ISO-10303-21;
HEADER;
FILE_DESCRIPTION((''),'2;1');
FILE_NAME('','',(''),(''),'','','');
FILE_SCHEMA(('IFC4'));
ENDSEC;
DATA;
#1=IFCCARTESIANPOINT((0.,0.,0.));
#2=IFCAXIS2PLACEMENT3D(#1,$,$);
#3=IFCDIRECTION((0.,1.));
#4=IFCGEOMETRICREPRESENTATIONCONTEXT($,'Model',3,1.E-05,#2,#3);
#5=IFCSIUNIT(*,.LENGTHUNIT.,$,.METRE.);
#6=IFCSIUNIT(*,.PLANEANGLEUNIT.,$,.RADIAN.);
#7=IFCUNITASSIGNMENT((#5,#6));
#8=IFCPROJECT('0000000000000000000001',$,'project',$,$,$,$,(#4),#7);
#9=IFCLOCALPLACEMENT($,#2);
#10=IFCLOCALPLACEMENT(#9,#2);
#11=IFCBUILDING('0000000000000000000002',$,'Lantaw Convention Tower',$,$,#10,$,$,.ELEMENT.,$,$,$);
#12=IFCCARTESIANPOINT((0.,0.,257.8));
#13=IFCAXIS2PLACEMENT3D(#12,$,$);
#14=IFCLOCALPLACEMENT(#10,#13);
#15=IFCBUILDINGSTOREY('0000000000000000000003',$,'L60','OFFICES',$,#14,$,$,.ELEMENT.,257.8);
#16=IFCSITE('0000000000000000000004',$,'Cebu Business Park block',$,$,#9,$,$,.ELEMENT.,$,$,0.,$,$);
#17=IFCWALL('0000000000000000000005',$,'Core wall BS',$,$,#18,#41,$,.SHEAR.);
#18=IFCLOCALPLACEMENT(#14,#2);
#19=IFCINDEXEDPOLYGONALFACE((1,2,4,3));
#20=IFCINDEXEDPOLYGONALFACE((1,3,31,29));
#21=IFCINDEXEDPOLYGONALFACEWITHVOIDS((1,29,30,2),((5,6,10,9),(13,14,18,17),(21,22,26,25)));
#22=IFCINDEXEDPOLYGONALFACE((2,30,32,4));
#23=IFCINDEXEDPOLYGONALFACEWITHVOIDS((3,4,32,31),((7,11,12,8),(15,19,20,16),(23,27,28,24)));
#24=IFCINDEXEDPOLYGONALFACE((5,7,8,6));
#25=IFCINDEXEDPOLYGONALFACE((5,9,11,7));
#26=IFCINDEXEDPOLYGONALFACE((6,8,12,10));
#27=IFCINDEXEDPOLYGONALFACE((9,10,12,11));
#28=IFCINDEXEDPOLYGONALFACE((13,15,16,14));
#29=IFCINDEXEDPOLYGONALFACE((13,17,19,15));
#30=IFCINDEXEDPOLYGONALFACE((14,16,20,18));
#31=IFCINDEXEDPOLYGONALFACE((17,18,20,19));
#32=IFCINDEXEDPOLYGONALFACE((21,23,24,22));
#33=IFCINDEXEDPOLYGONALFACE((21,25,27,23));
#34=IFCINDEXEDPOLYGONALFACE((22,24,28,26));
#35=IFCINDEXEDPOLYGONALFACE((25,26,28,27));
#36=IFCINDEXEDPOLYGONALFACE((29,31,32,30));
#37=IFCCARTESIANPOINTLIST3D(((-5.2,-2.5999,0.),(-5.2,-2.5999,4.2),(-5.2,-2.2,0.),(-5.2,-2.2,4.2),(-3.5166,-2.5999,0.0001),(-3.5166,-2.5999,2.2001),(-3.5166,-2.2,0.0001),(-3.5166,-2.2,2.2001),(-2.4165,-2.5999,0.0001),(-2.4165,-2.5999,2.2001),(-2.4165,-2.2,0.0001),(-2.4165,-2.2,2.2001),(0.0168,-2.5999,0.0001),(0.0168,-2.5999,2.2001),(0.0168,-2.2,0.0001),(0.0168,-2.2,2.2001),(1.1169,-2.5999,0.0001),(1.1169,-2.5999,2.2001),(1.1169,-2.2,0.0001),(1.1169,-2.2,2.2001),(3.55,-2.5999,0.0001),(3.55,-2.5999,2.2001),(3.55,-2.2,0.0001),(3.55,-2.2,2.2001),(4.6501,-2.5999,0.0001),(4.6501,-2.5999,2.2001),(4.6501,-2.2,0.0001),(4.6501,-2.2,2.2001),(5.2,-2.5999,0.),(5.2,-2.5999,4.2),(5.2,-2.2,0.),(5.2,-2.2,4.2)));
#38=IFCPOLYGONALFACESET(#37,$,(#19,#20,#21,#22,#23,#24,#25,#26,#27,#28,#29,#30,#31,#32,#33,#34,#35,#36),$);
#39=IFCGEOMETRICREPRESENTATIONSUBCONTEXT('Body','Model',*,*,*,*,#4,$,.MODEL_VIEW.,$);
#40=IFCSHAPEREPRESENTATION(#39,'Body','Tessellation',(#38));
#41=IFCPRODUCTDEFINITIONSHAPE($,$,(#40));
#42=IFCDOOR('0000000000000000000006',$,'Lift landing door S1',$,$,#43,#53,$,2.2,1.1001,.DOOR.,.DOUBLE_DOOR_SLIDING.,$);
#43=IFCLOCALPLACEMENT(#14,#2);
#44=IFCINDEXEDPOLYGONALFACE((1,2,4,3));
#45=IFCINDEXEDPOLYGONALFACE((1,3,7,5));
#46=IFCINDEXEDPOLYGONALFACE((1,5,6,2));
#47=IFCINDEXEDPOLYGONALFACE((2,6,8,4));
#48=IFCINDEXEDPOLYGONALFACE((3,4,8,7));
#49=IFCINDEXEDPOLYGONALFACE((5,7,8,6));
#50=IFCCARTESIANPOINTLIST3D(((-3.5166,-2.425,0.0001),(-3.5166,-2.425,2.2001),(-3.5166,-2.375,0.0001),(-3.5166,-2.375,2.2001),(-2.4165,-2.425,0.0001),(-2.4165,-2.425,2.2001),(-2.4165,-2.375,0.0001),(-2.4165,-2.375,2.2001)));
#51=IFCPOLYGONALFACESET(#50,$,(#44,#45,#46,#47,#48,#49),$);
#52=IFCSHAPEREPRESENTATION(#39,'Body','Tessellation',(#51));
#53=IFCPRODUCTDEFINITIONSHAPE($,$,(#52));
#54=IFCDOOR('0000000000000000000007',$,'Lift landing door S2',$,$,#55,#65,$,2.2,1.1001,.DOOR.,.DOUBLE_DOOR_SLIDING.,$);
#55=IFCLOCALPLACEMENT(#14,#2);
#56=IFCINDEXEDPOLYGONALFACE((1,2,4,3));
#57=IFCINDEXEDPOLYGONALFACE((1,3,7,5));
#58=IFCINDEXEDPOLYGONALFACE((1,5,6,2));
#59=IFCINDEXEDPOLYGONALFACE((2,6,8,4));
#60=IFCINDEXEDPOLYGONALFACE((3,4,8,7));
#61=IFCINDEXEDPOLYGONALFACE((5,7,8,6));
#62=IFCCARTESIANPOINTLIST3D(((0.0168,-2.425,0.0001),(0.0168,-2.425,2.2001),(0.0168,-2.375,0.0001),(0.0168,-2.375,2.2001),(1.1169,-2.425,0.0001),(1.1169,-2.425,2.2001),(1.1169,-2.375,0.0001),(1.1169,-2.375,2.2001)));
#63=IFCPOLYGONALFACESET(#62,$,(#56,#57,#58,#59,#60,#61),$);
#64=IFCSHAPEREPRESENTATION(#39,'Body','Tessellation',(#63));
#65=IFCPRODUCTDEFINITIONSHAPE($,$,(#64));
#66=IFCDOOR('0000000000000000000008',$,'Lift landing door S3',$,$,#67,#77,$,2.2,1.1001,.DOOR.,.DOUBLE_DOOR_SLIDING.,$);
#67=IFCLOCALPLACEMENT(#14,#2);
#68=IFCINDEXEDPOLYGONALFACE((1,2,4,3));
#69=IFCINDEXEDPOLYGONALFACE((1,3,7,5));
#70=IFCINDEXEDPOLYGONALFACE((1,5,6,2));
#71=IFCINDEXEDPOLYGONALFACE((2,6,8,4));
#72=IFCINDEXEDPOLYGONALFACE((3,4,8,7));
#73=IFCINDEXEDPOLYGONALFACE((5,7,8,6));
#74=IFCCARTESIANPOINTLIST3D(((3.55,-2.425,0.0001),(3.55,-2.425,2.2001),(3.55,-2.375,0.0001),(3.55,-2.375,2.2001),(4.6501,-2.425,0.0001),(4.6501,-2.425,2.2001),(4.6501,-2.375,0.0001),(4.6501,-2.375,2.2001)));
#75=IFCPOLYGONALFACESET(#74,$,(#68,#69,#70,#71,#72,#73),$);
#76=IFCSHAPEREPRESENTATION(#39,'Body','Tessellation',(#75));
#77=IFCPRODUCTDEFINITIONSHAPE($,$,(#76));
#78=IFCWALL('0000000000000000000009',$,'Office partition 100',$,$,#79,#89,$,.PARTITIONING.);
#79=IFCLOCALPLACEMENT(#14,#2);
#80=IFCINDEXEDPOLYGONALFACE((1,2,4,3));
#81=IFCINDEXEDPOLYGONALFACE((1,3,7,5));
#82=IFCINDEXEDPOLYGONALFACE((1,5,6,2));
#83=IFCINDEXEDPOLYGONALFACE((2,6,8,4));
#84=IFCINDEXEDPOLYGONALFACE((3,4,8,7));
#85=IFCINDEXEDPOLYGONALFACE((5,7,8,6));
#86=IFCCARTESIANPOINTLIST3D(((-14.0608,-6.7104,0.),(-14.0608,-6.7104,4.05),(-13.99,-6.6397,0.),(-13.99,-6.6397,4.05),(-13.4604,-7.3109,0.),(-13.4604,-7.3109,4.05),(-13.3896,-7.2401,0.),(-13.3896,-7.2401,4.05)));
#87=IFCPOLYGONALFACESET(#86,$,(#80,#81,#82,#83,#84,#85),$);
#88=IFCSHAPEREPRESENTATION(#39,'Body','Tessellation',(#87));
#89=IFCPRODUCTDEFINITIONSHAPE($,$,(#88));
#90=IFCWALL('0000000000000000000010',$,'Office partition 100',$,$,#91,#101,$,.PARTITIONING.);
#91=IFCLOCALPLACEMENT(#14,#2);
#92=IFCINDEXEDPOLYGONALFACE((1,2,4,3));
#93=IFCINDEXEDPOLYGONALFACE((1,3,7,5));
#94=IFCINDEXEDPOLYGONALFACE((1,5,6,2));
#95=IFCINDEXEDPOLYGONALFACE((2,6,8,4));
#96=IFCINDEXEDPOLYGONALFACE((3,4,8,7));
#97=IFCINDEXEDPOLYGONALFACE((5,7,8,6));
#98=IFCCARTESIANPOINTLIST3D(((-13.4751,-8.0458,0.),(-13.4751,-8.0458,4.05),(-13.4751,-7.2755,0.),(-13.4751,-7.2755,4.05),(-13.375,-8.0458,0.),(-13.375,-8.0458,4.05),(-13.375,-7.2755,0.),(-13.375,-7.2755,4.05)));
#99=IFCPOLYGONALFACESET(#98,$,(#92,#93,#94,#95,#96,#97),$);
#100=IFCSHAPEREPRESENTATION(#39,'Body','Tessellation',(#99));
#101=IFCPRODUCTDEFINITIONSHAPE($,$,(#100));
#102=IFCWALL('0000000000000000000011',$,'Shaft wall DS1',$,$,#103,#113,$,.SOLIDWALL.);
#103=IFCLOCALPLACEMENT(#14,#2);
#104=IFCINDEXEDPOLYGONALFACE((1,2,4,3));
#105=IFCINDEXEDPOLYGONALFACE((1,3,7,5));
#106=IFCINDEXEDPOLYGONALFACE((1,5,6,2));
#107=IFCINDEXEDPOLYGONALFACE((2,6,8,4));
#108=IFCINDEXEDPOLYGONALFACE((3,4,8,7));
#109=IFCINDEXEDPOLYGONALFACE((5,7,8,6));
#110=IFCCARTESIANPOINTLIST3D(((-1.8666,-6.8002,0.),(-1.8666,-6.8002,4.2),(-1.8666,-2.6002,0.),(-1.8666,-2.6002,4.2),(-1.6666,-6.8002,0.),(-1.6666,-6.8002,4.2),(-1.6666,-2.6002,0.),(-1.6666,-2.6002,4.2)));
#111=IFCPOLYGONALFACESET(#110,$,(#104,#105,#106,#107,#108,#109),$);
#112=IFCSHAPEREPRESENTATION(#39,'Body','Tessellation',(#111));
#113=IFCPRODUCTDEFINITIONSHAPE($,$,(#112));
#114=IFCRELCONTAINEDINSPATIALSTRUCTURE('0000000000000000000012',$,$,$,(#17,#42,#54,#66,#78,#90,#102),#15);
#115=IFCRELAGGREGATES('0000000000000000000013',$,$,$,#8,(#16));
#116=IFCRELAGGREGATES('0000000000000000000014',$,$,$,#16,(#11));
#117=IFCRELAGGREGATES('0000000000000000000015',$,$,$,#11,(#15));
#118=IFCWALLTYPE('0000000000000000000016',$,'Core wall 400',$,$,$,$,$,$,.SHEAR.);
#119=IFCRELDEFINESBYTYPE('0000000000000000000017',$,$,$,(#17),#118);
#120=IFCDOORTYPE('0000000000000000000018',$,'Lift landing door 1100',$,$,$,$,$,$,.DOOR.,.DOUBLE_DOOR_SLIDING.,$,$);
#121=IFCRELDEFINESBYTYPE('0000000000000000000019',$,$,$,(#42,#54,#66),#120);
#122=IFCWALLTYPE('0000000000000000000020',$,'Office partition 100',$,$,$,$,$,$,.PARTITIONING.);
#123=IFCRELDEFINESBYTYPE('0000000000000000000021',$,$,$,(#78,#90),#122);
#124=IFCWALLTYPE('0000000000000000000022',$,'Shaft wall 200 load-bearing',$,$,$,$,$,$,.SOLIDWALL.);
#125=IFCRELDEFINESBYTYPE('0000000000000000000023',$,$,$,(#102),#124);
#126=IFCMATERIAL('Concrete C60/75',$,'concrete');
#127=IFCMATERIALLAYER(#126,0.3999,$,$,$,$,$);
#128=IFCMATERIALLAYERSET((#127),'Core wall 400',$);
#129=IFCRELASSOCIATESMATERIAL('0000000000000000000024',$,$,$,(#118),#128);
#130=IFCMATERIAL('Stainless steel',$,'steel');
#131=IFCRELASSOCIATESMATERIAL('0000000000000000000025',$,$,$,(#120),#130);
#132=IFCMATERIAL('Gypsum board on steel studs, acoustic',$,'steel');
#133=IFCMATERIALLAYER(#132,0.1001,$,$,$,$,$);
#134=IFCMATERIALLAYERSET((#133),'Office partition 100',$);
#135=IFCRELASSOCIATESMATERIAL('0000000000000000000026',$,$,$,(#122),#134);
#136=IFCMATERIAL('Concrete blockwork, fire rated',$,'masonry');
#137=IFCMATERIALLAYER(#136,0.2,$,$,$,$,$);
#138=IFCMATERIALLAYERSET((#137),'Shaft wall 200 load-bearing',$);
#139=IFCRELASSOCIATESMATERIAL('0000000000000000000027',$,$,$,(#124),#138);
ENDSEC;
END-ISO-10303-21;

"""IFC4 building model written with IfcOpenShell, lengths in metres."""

from ifc_helpers import new_model, si_unit, direction, frame, frame_2d, origin, place, context, subcontext, project, spatial, rectangle, extrude, material, layer, layer_set, type_object, element, fill, save


model = new_model("IFC4")

# Units and contexts
model_context = context("Model", 3, precision=1e-05, world=origin(), true_north=direction((0.0, 1.0)))
body_context = subcontext(model_context, "Body", "Model", "MODEL_VIEW")
ifc_project = project(units=[si_unit("LENGTHUNIT", "METRE"), si_unit("PLANEANGLEUNIT", "RADIAN")], contexts=[model_context])

# Site, building, storey
site_placement = place(None, origin())
site = spatial("IfcSite", under=ifc_project, at=site_placement, Name="Cebu Business Park block", CompositionType="ELEMENT", RefElevation=0.0)
building_placement = place(site_placement, origin())
building = spatial("IfcBuilding", under=site, at=building_placement, Name="Lantaw Convention Tower", CompositionType="ELEMENT")
storey_placement = place(building_placement, frame((0.0, 0.0, 257.8)))
storey = spatial("IfcBuildingStorey", under=building, at=storey_placement, Name="L60", Description="OFFICES", CompositionType="ELEMENT", Elevation=257.8)

# Shared definitions
ifc_material_1 = material(Name="Concrete C60/75", Category="concrete")

# Wall, openings, doors
ifc_layer_1 = layer(ifc_material_1, 0.3999)
ifc_layer_set_1 = layer_set([ifc_layer_1], Name="Core wall 400")
wall_type_1 = type_object("IfcWallType", Name="Core wall 400", PredefinedType="SHEAR", material=ifc_layer_set_1)
wall_1_placement = place(storey_placement, frame((-5.2, -2.3999, 0.0), z_axis=(0.0, 0.0, 1.0), x_axis=(1.0, 0.0, 0.0)))
wall_1 = element("IfcWall", 1, at=wall_1_placement, inside=storey, type_object=wall_type_1, Name="Core wall BS", PredefinedType="SHEAR", context=body_context, shape_type="SweptSolid", body=[
    extrude(rectangle(XDim=10.3999, YDim=0.3999, at=frame_2d((5.2, 0.0))), origin(), (0.0, 0.0, 1.0), 4.2),
])
opening_1_placement = place(wall_1_placement, frame((1.6833, 0.0, 0.0)))
opening_1 = element("IfcOpeningElement", 2, at=opening_1_placement, cuts=wall_1, PredefinedType="OPENING", context=body_context, shape_type="SweptSolid", body=[
    extrude(rectangle(XDim=1.1001, YDim=2.2, at=frame_2d((0.55, 1.1001))), frame((0.0, 0.21, 0.0), z_axis=(0.0, -1.0, 0.0), x_axis=(1.0, 0.0, 0.0)), (0.0, 0.0, 1.0), 0.4199),
])
opening_2_placement = place(wall_1_placement, frame((5.2168, 0.0, 0.0)))
opening_2 = element("IfcOpeningElement", 3, at=opening_2_placement, cuts=wall_1, PredefinedType="OPENING", context=body_context, shape_type="SweptSolid", body=[
    extrude(rectangle(XDim=1.1001, YDim=2.2, at=frame_2d((0.55, 1.1001))), frame((0.0, 0.21, 0.0), z_axis=(0.0, -1.0, 0.0), x_axis=(1.0, 0.0, 0.0)), (0.0, 0.0, 1.0), 0.4199),
])
opening_3_placement = place(wall_1_placement, frame((8.75, 0.0, 0.0)))
opening_3 = element("IfcOpeningElement", 4, at=opening_3_placement, cuts=wall_1, PredefinedType="OPENING", context=body_context, shape_type="SweptSolid", body=[
    extrude(rectangle(XDim=1.1001, YDim=2.2, at=frame_2d((0.55, 1.1001))), frame((0.0, 0.21, 0.0), z_axis=(0.0, -1.0, 0.0), x_axis=(1.0, 0.0, 0.0)), (0.0, 0.0, 1.0), 0.4199),
])
ifc_material_2 = material(Name="Stainless steel", Category="steel")
door_type_1 = type_object("IfcDoorType", Name="Lift landing door 1100", OperationType="DOUBLE_DOOR_SLIDING", PredefinedType="DOOR", material=ifc_material_2)
door_1_placement = place(opening_1_placement, origin())
door_1 = element("IfcDoor", 5, at=door_1_placement, inside=storey, type_object=door_type_1, Name="Lift landing door S1", OperationType="DOUBLE_DOOR_SLIDING", OverallHeight=2.2, OverallWidth=1.1001, PredefinedType="DOOR", context=body_context, shape_type="SweptSolid", body=[
    extrude(rectangle(XDim=1.1001, YDim=2.2, at=frame_2d((0.55, 1.1001))), frame((0.0, 0.0249, 0.0), z_axis=(0.0, -1.0, 0.0), x_axis=(1.0, 0.0, 0.0)), (0.0, 0.0, 1.0), 0.05),
])
fill(opening_1, door_1)
door_2_placement = place(opening_2_placement, origin())
door_2 = element("IfcDoor", 6, at=door_2_placement, inside=storey, type_object=door_type_1, Name="Lift landing door S2", OperationType="DOUBLE_DOOR_SLIDING", OverallHeight=2.2, OverallWidth=1.1001, PredefinedType="DOOR", context=body_context, shape_type="SweptSolid", body=[
    extrude(rectangle(XDim=1.1001, YDim=2.2, at=frame_2d((0.55, 1.1001))), frame((0.0, 0.0249, 0.0), z_axis=(0.0, -1.0, 0.0), x_axis=(1.0, 0.0, 0.0)), (0.0, 0.0, 1.0), 0.05),
])
fill(opening_2, door_2)
door_3_placement = place(opening_3_placement, origin())
door_3 = element("IfcDoor", 7, at=door_3_placement, inside=storey, type_object=door_type_1, Name="Lift landing door S3", OperationType="DOUBLE_DOOR_SLIDING", OverallHeight=2.2, OverallWidth=1.1001, PredefinedType="DOOR", context=body_context, shape_type="SweptSolid", body=[
    extrude(rectangle(XDim=1.1001, YDim=2.2, at=frame_2d((0.55, 1.1001))), frame((0.0, 0.0249, 0.0), z_axis=(0.0, -1.0, 0.0), x_axis=(1.0, 0.0, 0.0)), (0.0, 0.0, 1.0), 0.05),
])
fill(opening_3, door_3)

# Walls
ifc_material_3 = material(Name="Gypsum board on steel studs, acoustic", Category="steel")
ifc_layer_2 = layer(ifc_material_3, 0.1001)
ifc_layer_set_2 = layer_set([ifc_layer_2], Name="Office partition 100")
wall_type_2 = type_object("IfcWallType", Name="Office partition 100", PredefinedType="PARTITIONING", material=ifc_layer_set_2)
wall_2_placement = place(storey_placement, frame((-14.0254, -6.675, 0.0), z_axis=(0.0, 0.0, 1.0), x_axis=(0.707107, -0.707107, 0.0)))
element("IfcWall", 8, at=wall_2_placement, inside=storey, type_object=wall_type_2, Name="Office partition 100", PredefinedType="PARTITIONING", context=body_context, shape_type="SweptSolid", body=[
    extrude(rectangle(XDim=0.8491, YDim=0.1001, at=frame_2d((0.4246, 0.0))), origin(), (0.0, 0.0, 1.0), 4.05),
])
wall_3_placement = place(storey_placement, frame((-13.425, -7.2754, 0.0), z_axis=(0.0, 0.0, 1.0), x_axis=(0.0, -1.0, 0.0)))
element("IfcWall", 9, at=wall_3_placement, inside=storey, type_object=wall_type_2, Name="Office partition 100", PredefinedType="PARTITIONING", context=body_context, shape_type="SweptSolid", body=[
    extrude(rectangle(XDim=0.7703, YDim=0.1001, at=frame_2d((0.3853, 0.0))), origin(), (0.0, 0.0, 1.0), 4.05),
])
ifc_material_4 = material(Name="Concrete blockwork, fire rated", Category="masonry")
ifc_layer_3 = layer(ifc_material_4, 0.2)
ifc_layer_set_3 = layer_set([ifc_layer_3], Name="Shaft wall 200 load-bearing")
wall_type_3 = type_object("IfcWallType", Name="Shaft wall 200 load-bearing", PredefinedType="SOLIDWALL", material=ifc_layer_set_3)
wall_4_placement = place(storey_placement, frame((-1.7666, -2.6001, 0.0), z_axis=(0.0, 0.0, 1.0), x_axis=(0.0, -1.0, 0.0)))
element("IfcWall", 10, at=wall_4_placement, inside=storey, type_object=wall_type_3, Name="Shaft wall DS1", PredefinedType="SOLIDWALL", context=body_context, shape_type="SweptSolid", body=[
    extrude(rectangle(XDim=4.2, YDim=0.2, at=frame_2d((2.1001, 0.0))), origin(), (0.0, 0.0, 1.0), 4.2),
])

save(model, "model.ifc")
